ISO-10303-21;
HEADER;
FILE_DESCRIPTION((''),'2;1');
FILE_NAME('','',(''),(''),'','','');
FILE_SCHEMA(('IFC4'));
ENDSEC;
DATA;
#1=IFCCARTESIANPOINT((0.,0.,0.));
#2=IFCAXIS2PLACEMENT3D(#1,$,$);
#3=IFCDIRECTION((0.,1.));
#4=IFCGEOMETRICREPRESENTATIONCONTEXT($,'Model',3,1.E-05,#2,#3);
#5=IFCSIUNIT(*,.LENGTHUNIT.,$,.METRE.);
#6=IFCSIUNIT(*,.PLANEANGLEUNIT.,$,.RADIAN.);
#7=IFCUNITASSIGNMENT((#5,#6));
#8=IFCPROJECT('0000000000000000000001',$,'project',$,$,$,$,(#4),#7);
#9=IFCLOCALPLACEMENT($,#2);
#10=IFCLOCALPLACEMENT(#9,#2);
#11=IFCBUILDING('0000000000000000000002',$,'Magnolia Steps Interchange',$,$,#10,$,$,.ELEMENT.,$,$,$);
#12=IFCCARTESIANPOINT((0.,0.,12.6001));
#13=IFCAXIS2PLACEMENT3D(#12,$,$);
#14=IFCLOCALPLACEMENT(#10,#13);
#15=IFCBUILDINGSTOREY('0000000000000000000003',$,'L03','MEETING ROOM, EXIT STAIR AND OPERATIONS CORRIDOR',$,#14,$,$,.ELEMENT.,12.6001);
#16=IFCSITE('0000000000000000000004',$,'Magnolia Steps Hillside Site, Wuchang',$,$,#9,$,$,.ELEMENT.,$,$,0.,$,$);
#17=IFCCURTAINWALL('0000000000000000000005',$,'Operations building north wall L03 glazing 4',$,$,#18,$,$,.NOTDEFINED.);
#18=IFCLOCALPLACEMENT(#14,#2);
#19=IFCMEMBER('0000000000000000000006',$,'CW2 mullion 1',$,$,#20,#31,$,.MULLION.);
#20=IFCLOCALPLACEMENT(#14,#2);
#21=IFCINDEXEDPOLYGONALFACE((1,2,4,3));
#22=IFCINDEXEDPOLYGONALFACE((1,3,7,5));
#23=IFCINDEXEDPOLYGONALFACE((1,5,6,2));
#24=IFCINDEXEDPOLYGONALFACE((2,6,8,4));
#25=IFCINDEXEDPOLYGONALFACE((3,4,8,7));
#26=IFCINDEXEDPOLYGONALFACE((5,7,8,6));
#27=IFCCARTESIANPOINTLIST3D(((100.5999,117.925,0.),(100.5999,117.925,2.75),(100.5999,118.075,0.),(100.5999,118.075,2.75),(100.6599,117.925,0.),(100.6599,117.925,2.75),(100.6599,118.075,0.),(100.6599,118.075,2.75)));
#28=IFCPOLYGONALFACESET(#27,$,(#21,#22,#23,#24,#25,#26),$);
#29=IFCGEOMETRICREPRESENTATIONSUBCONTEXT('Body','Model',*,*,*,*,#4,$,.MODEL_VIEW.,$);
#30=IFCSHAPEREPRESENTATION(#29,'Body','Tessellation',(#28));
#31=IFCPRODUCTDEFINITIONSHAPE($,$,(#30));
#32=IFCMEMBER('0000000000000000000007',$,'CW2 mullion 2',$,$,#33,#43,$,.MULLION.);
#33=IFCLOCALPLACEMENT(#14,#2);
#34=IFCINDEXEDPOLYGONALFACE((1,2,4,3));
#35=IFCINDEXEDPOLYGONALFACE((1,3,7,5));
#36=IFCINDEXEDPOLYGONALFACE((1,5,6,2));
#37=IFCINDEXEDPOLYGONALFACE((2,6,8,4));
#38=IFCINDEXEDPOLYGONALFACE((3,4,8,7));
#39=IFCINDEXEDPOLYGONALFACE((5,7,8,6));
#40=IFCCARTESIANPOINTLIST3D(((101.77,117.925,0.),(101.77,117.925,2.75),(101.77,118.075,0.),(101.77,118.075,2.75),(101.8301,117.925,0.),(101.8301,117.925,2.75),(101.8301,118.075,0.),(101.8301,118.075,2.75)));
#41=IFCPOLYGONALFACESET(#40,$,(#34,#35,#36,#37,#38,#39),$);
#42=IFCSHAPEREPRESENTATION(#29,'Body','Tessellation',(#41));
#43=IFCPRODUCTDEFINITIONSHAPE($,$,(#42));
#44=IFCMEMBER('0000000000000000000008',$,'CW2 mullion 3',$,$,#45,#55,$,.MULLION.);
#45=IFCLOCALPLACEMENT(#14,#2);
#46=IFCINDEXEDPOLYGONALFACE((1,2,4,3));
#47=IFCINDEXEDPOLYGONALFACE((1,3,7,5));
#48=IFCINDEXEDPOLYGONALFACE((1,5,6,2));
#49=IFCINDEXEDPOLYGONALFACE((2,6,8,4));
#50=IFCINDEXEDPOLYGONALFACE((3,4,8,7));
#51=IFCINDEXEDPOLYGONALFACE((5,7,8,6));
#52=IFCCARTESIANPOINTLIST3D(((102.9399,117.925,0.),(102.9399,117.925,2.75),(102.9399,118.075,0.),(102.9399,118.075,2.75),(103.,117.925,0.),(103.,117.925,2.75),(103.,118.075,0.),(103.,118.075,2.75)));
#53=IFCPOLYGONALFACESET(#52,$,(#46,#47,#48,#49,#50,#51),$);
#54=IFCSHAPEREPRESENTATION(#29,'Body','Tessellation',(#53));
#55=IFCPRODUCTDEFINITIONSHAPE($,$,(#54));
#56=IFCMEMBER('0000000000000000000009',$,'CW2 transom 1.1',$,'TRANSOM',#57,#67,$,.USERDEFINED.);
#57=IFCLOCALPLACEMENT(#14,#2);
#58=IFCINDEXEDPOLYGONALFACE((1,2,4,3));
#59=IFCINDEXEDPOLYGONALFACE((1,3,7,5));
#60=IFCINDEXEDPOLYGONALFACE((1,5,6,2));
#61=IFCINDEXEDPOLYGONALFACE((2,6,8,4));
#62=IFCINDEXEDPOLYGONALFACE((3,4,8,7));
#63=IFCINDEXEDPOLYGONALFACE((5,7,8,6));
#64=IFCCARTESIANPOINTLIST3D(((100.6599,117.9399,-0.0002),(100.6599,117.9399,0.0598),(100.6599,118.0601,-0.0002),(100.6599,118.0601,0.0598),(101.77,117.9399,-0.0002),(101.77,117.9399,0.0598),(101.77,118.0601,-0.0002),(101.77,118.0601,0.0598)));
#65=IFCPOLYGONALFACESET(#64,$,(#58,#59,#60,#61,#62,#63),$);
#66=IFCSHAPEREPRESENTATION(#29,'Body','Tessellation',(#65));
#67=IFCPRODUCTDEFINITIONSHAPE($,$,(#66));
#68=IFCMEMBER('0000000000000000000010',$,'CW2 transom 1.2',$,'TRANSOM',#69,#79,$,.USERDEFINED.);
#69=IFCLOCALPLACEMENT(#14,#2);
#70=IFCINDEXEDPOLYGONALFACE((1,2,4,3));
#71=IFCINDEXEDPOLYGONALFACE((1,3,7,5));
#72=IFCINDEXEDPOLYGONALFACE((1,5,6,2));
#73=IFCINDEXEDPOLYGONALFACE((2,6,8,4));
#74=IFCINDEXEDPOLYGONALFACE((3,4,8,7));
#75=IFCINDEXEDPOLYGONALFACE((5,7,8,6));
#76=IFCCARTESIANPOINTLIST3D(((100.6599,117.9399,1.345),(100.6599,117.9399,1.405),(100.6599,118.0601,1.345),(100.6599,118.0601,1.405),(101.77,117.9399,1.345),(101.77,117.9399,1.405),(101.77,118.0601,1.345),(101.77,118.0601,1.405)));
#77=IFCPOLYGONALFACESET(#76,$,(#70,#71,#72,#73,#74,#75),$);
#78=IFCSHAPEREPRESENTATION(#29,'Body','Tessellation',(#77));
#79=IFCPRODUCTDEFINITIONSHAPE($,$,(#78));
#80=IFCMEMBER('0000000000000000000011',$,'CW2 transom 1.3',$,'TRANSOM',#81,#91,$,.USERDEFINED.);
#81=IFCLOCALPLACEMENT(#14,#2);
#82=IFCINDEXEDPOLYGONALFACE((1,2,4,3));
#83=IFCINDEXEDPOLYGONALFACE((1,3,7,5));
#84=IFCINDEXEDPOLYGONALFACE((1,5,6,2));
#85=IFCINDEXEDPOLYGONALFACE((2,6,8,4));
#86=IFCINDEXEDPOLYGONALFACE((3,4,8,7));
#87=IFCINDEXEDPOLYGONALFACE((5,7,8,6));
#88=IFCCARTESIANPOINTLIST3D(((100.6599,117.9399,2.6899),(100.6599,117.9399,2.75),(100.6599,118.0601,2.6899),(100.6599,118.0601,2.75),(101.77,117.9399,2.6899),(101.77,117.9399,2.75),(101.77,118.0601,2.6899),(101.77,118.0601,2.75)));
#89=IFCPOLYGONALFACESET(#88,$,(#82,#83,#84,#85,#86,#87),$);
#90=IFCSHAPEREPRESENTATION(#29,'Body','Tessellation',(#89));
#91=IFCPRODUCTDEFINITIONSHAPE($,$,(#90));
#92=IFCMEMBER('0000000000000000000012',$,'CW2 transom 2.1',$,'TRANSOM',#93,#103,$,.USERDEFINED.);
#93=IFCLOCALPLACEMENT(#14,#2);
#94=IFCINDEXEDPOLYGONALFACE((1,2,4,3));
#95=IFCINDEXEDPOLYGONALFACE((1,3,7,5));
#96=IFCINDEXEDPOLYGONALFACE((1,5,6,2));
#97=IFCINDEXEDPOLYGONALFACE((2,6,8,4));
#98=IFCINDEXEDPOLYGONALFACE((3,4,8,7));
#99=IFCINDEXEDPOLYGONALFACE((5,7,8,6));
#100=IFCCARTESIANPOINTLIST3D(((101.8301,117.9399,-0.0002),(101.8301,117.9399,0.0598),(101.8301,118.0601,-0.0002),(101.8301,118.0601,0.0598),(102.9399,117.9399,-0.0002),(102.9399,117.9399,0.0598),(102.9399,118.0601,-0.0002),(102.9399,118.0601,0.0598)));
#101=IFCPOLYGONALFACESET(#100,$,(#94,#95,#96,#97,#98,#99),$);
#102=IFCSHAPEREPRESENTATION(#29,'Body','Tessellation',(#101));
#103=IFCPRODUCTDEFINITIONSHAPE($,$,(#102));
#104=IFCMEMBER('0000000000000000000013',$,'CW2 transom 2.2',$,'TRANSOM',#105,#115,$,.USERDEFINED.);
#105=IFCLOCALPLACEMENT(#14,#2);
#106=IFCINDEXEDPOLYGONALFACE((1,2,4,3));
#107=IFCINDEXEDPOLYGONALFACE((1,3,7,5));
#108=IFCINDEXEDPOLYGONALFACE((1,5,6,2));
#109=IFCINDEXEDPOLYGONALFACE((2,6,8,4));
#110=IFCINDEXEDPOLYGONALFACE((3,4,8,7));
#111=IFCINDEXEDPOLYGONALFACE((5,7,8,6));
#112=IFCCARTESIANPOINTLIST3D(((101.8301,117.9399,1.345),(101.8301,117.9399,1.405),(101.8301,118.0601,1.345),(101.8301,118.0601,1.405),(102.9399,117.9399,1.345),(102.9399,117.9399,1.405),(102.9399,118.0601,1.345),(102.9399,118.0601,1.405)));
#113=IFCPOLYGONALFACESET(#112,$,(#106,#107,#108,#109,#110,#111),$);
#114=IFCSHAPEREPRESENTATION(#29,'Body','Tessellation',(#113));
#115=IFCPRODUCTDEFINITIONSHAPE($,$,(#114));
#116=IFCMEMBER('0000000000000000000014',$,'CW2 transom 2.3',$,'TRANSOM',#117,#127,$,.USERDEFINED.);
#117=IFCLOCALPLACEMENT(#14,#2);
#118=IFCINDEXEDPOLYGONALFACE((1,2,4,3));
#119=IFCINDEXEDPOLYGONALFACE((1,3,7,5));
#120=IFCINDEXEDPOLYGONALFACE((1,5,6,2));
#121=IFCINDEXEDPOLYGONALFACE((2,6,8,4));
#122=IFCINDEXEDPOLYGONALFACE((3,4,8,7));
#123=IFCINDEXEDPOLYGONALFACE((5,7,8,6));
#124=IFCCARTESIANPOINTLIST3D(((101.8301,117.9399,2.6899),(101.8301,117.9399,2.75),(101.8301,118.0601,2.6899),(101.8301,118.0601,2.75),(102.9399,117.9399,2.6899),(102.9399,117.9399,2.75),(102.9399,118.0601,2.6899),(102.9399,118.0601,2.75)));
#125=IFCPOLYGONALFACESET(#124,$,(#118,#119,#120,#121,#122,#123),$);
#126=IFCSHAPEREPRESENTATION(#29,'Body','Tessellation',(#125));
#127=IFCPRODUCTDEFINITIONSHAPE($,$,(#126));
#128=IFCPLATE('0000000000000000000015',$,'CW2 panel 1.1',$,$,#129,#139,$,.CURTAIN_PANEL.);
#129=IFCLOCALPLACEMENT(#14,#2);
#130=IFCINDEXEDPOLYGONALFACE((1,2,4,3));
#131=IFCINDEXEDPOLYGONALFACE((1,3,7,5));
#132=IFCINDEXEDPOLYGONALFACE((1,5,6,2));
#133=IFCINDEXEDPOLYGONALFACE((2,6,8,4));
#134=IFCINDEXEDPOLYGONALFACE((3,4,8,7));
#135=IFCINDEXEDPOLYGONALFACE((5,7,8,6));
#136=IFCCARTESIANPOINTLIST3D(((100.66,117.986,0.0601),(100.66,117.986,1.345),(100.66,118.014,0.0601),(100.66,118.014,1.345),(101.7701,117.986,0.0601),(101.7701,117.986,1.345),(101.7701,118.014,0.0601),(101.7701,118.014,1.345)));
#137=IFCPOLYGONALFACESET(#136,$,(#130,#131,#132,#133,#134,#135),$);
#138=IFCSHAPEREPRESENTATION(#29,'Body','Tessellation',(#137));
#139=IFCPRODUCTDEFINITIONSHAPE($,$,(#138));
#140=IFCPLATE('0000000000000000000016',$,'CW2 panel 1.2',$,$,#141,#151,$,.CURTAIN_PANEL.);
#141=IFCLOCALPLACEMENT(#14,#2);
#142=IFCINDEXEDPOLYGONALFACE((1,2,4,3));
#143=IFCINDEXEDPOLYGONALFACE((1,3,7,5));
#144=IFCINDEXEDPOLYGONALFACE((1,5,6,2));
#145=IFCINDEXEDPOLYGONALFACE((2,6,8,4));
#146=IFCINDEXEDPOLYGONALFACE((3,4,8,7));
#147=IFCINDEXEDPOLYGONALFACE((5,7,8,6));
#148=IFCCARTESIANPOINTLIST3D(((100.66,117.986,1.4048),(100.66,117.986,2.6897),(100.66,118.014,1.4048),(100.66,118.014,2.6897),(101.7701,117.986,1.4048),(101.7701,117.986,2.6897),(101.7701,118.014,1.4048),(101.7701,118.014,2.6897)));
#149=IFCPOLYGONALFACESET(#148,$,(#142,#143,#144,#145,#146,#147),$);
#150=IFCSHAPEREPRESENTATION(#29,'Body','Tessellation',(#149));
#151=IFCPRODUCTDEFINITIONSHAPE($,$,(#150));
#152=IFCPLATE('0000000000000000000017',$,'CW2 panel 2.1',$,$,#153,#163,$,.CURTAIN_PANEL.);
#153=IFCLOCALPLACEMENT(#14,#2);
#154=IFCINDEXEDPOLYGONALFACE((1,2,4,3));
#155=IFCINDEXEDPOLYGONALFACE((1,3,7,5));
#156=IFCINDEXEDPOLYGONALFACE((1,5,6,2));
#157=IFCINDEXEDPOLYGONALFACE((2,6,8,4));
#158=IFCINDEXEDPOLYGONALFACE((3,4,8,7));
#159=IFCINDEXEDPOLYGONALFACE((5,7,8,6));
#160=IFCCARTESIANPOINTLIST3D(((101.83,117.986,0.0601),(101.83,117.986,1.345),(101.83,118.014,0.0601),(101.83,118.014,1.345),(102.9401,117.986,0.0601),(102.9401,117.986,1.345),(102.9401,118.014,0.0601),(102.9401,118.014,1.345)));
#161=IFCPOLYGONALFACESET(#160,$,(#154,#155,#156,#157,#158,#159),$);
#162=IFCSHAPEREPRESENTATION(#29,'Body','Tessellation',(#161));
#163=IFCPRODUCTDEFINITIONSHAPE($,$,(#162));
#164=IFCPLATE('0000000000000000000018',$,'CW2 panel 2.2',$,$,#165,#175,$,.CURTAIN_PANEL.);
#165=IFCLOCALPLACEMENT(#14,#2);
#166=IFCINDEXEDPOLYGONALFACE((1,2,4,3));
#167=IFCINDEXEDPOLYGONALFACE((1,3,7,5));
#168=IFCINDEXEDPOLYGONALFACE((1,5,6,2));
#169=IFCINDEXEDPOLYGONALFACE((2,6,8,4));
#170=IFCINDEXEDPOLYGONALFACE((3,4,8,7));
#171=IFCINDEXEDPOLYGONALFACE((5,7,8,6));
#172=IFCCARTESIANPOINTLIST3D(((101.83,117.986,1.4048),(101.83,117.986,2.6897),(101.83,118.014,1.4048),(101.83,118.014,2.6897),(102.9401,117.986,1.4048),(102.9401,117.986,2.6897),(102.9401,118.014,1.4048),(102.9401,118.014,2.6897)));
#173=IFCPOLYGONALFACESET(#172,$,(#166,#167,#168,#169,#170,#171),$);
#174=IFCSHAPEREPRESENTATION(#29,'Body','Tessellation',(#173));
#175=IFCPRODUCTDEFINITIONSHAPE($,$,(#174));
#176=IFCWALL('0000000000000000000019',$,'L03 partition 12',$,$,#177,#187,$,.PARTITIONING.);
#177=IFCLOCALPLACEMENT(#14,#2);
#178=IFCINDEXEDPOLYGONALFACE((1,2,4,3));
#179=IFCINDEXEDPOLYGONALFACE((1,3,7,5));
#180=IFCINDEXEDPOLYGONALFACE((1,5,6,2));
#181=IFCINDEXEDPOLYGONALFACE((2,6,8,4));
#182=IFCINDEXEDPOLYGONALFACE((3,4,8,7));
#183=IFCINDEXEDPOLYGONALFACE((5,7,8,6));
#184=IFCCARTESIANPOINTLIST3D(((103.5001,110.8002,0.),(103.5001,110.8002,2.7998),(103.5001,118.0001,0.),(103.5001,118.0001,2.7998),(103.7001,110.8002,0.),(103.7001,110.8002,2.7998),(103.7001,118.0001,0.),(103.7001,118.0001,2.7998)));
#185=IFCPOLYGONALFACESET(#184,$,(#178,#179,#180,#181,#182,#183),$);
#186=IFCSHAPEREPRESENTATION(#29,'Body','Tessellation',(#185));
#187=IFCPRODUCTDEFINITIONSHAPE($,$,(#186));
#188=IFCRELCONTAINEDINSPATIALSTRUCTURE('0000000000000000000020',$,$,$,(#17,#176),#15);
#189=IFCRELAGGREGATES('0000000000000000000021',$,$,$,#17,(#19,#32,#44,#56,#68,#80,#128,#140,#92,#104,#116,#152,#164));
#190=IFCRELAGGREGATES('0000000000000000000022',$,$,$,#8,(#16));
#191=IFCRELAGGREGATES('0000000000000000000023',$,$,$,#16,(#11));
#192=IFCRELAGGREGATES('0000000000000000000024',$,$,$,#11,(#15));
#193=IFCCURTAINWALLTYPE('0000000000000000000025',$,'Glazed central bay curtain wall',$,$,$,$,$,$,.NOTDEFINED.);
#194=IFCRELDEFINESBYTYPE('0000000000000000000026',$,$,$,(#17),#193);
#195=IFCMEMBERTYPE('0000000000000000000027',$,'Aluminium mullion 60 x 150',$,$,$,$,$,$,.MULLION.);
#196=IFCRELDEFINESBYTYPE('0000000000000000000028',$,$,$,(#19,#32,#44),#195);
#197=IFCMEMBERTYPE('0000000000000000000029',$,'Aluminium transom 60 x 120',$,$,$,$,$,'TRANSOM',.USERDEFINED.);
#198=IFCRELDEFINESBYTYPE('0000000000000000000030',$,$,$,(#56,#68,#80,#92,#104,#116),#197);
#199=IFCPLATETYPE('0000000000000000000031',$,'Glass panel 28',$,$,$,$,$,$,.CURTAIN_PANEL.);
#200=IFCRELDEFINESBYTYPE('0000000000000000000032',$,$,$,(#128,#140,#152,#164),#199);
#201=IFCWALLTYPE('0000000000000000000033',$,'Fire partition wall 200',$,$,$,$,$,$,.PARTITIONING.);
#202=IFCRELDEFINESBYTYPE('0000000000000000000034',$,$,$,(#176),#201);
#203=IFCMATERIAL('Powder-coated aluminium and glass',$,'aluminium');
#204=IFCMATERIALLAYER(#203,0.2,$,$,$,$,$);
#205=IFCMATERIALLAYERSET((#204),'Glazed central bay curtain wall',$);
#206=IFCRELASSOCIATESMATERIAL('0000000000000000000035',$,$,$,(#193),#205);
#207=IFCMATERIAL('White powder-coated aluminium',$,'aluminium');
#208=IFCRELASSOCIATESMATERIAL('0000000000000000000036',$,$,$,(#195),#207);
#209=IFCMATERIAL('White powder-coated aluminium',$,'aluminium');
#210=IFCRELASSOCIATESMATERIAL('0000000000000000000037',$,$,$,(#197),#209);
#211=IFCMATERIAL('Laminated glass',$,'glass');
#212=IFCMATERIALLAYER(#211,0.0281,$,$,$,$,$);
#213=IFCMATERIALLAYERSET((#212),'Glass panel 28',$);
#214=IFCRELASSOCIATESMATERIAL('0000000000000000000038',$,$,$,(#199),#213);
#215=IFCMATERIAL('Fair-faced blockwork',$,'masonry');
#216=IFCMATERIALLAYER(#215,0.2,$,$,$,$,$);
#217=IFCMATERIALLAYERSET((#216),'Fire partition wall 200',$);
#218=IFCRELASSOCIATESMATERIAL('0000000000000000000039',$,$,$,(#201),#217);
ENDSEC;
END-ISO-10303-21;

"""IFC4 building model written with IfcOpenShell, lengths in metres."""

from ifc_helpers import new_model, si_unit, direction, frame, frame_2d, origin, origin_2d, place, context, subcontext, project, spatial, rectangle, extrude, material, layer, layer_set, material_profile, profile_set, type_object, element, aggregate, save


model = new_model("IFC4")

# Units and contexts
model_context = context("Model", 3, precision=1e-05, world=origin(), true_north=direction((0.0, 1.0)))
body_context = subcontext(model_context, "Body", "Model", "MODEL_VIEW")
ifc_project = project(units=[si_unit("LENGTHUNIT", "METRE"), si_unit("PLANEANGLEUNIT", "RADIAN")], contexts=[model_context])

# Site, building, storey
site_placement = place(None, origin())
site = spatial("IfcSite", under=ifc_project, at=site_placement, Name="Magnolia Steps Hillside Site, Wuchang", CompositionType="ELEMENT", RefElevation=0.0)
building_placement = place(site_placement, origin())
building = spatial("IfcBuilding", under=site, at=building_placement, Name="Magnolia Steps Interchange", CompositionType="ELEMENT")
storey_placement = place(building_placement, frame((0.0, 0.0, 12.6001)))
storey = spatial("IfcBuildingStorey", under=building, at=storey_placement, Name="L03", Description="MEETING ROOM, EXIT STAIR AND OPERATIONS CORRIDOR", CompositionType="ELEMENT", Elevation=12.6001)

# Curtain wall, members, plates
ifc_material_1 = material(Name="Powder-coated aluminium and glass", Category="aluminium")
ifc_layer_1 = layer(ifc_material_1, 0.2)
ifc_layer_set_1 = layer_set([ifc_layer_1], Name="Glazed central bay curtain wall")
curtain_wall_type = type_object("IfcCurtainWallType", Name="Glazed central bay curtain wall", PredefinedType="NOTDEFINED", material=ifc_layer_set_1)
curtain_wall_placement = place(storey_placement, origin())
curtain_wall = element("IfcCurtainWall", 1, at=curtain_wall_placement, inside=storey, type_object=curtain_wall_type, Name="Operations building north wall L03 glazing 4", PredefinedType="NOTDEFINED")
ifc_material_2 = material(Name="White powder-coated aluminium", Category="aluminium")
ifc_material_profile_1 = material_profile(ifc_material_2, rectangle(XDim=0.0601, YDim=0.1499, at=origin_2d()), Name="Aluminium mullion 60 x 150")
ifc_profile_set_1 = profile_set([ifc_material_profile_1], Name="White powder-coated aluminium")
member_type_1 = type_object("IfcMemberType", Name="Aluminium mullion 60 x 150", PredefinedType="MULLION", material=ifc_profile_set_1)
member_1_placement = place(storey_placement, frame((100.6299, 118.0, 0.0), z_axis=(0.0, 0.0, 1.0), x_axis=(1.0, 0.0, 0.0)))
member_1 = element("IfcMember", 2, at=member_1_placement, type_object=member_type_1, Name="CW2 mullion 1", PredefinedType="MULLION", context=body_context, shape_type="SweptSolid", body=[
    extrude(rectangle(XDim=0.0601, YDim=0.1499, at=origin_2d()), origin(), (0.0, 0.0, 1.0), 2.75),
])
member_2_placement = place(storey_placement, frame((101.8, 118.0, 0.0), z_axis=(0.0, 0.0, 1.0), x_axis=(1.0, 0.0, 0.0)))
member_2 = element("IfcMember", 3, at=member_2_placement, type_object=member_type_1, Name="CW2 mullion 2", PredefinedType="MULLION", context=body_context, shape_type="SweptSolid", body=[
    extrude(rectangle(XDim=0.0601, YDim=0.1499, at=origin_2d()), origin(), (0.0, 0.0, 1.0), 2.75),
])
member_3_placement = place(storey_placement, frame((102.97, 118.0, 0.0), z_axis=(0.0, 0.0, 1.0), x_axis=(1.0, 0.0, 0.0)))
member_3 = element("IfcMember", 4, at=member_3_placement, type_object=member_type_1, Name="CW2 mullion 3", PredefinedType="MULLION", context=body_context, shape_type="SweptSolid", body=[
    extrude(rectangle(XDim=0.0601, YDim=0.1499, at=origin_2d()), origin(), (0.0, 0.0, 1.0), 2.75),
])
ifc_material_3 = material(Name="White powder-coated aluminium", Category="aluminium")
ifc_material_profile_2 = material_profile(ifc_material_3, rectangle(XDim=0.0601, YDim=0.1201, at=origin_2d()), Name="Aluminium transom 60 x 120")
ifc_profile_set_2 = profile_set([ifc_material_profile_2], Name="White powder-coated aluminium")
member_type_2 = type_object("IfcMemberType", Name="Aluminium transom 60 x 120", ElementType="TRANSOM", PredefinedType="USERDEFINED", material=ifc_profile_set_2)
member_4_placement = place(storey_placement, frame((100.6599, 118.0, 0.0298), z_axis=(1.0, 0.0, 0.0), x_axis=(0.0, 0.0, 1.0)))
member_4 = element("IfcMember", 5, at=member_4_placement, type_object=member_type_2, Name="CW2 transom 1.1", ObjectType="TRANSOM", PredefinedType="USERDEFINED", context=body_context, shape_type="SweptSolid", body=[
    extrude(rectangle(XDim=0.0601, YDim=0.1201, at=origin_2d()), origin(), (0.0, 0.0, 1.0), 1.1101),
])
member_5_placement = place(storey_placement, frame((100.6599, 118.0, 1.375), z_axis=(1.0, 0.0, 0.0), x_axis=(0.0, 0.0, 1.0)))
member_5 = element("IfcMember", 6, at=member_5_placement, type_object=member_type_2, Name="CW2 transom 1.2", ObjectType="TRANSOM", PredefinedType="USERDEFINED", context=body_context, shape_type="SweptSolid", body=[
    extrude(rectangle(XDim=0.0601, YDim=0.1201, at=origin_2d()), origin(), (0.0, 0.0, 1.0), 1.1101),
])
member_6_placement = place(storey_placement, frame((100.6599, 118.0, 2.72), z_axis=(1.0, 0.0, 0.0), x_axis=(0.0, 0.0, 1.0)))
member_6 = element("IfcMember", 7, at=member_6_placement, type_object=member_type_2, Name="CW2 transom 1.3", ObjectType="TRANSOM", PredefinedType="USERDEFINED", context=body_context, shape_type="SweptSolid", body=[
    extrude(rectangle(XDim=0.0601, YDim=0.1201, at=origin_2d()), origin(), (0.0, 0.0, 1.0), 1.1101),
])
member_7_placement = place(storey_placement, frame((101.8301, 118.0, 0.0298), z_axis=(1.0, 0.0, 0.0), x_axis=(0.0, 0.0, 1.0)))
member_7 = element("IfcMember", 8, at=member_7_placement, type_object=member_type_2, Name="CW2 transom 2.1", ObjectType="TRANSOM", PredefinedType="USERDEFINED", context=body_context, shape_type="SweptSolid", body=[
    extrude(rectangle(XDim=0.0601, YDim=0.1201, at=origin_2d()), origin(), (0.0, 0.0, 1.0), 1.1099),
])
member_8_placement = place(storey_placement, frame((101.8301, 118.0, 1.375), z_axis=(1.0, 0.0, 0.0), x_axis=(0.0, 0.0, 1.0)))
member_8 = element("IfcMember", 9, at=member_8_placement, type_object=member_type_2, Name="CW2 transom 2.2", ObjectType="TRANSOM", PredefinedType="USERDEFINED", context=body_context, shape_type="SweptSolid", body=[
    extrude(rectangle(XDim=0.0601, YDim=0.1201, at=origin_2d()), origin(), (0.0, 0.0, 1.0), 1.1099),
])
member_9_placement = place(storey_placement, frame((101.8301, 118.0, 2.72), z_axis=(1.0, 0.0, 0.0), x_axis=(0.0, 0.0, 1.0)))
member_9 = element("IfcMember", 10, at=member_9_placement, type_object=member_type_2, Name="CW2 transom 2.3", ObjectType="TRANSOM", PredefinedType="USERDEFINED", context=body_context, shape_type="SweptSolid", body=[
    extrude(rectangle(XDim=0.0601, YDim=0.1201, at=origin_2d()), origin(), (0.0, 0.0, 1.0), 1.1099),
])
ifc_material_4 = material(Name="Laminated glass", Category="glass")
ifc_layer_2 = layer(ifc_material_4, 0.0281)
ifc_layer_set_2 = layer_set([ifc_layer_2], Name="Glass panel 28")
plate_type = type_object("IfcPlateType", Name="Glass panel 28", PredefinedType="CURTAIN_PANEL", material=ifc_layer_set_2)
plate_1_placement = place(storey_placement, frame((101.2151, 118.0, 0.0601), z_axis=(0.0, 0.0, 1.0), x_axis=(1.0, 0.0, 0.0)))
plate_1 = element("IfcPlate", 11, at=plate_1_placement, type_object=plate_type, Name="CW2 panel 1.1", PredefinedType="CURTAIN_PANEL", context=body_context, shape_type="SweptSolid", body=[
    extrude(rectangle(XDim=1.1101, YDim=0.0281, at=origin_2d()), origin(), (0.0, 0.0, 1.0), 1.2849),
])
plate_2_placement = place(storey_placement, frame((101.2151, 118.0, 1.4048), z_axis=(0.0, 0.0, 1.0), x_axis=(1.0, 0.0, 0.0)))
plate_2 = element("IfcPlate", 12, at=plate_2_placement, type_object=plate_type, Name="CW2 panel 1.2", PredefinedType="CURTAIN_PANEL", context=body_context, shape_type="SweptSolid", body=[
    extrude(rectangle(XDim=1.1101, YDim=0.0281, at=origin_2d()), origin(), (0.0, 0.0, 1.0), 1.2849),
])
plate_3_placement = place(storey_placement, frame((102.385, 118.0, 0.0601), z_axis=(0.0, 0.0, 1.0), x_axis=(1.0, 0.0, 0.0)))
plate_3 = element("IfcPlate", 13, at=plate_3_placement, type_object=plate_type, Name="CW2 panel 2.1", PredefinedType="CURTAIN_PANEL", context=body_context, shape_type="SweptSolid", body=[
    extrude(rectangle(XDim=1.1101, YDim=0.0281, at=origin_2d()), origin(), (0.0, 0.0, 1.0), 1.2849),
])
plate_4_placement = place(storey_placement, frame((102.385, 118.0, 1.4048), z_axis=(0.0, 0.0, 1.0), x_axis=(1.0, 0.0, 0.0)))
plate_4 = element("IfcPlate", 14, at=plate_4_placement, type_object=plate_type, Name="CW2 panel 2.2", PredefinedType="CURTAIN_PANEL", context=body_context, shape_type="SweptSolid", body=[
    extrude(rectangle(XDim=1.1101, YDim=0.0281, at=origin_2d()), origin(), (0.0, 0.0, 1.0), 1.2849),
])
aggregate(curtain_wall, [member_1, member_2, member_3, member_4, member_5, member_6, plate_1, plate_2, member_7, member_8, member_9, plate_3, plate_4])

# Wall
ifc_material_5 = material(Name="Fair-faced blockwork", Category="masonry")
ifc_layer_3 = layer(ifc_material_5, 0.2)
ifc_layer_set_3 = layer_set([ifc_layer_3], Name="Fire partition wall 200")
wall_type_1 = type_object("IfcWallType", Name="Fire partition wall 200", PredefinedType="PARTITIONING", material=ifc_layer_set_3)
wall_1_placement = place(storey_placement, frame((103.6001, 110.8, 0.0), z_axis=(0.0, 0.0, 1.0), x_axis=(0.0, 1.0, 0.0)))
element("IfcWall", 15, at=wall_1_placement, inside=storey, type_object=wall_type_1, Name="L03 partition 12", PredefinedType="PARTITIONING", context=body_context, shape_type="SweptSolid", body=[
    extrude(rectangle(XDim=7.2, YDim=0.2, at=frame_2d((3.6001, 0.0))), origin(), (0.0, 0.0, 1.0), 2.7998),
])

save(model, "model.ifc")
